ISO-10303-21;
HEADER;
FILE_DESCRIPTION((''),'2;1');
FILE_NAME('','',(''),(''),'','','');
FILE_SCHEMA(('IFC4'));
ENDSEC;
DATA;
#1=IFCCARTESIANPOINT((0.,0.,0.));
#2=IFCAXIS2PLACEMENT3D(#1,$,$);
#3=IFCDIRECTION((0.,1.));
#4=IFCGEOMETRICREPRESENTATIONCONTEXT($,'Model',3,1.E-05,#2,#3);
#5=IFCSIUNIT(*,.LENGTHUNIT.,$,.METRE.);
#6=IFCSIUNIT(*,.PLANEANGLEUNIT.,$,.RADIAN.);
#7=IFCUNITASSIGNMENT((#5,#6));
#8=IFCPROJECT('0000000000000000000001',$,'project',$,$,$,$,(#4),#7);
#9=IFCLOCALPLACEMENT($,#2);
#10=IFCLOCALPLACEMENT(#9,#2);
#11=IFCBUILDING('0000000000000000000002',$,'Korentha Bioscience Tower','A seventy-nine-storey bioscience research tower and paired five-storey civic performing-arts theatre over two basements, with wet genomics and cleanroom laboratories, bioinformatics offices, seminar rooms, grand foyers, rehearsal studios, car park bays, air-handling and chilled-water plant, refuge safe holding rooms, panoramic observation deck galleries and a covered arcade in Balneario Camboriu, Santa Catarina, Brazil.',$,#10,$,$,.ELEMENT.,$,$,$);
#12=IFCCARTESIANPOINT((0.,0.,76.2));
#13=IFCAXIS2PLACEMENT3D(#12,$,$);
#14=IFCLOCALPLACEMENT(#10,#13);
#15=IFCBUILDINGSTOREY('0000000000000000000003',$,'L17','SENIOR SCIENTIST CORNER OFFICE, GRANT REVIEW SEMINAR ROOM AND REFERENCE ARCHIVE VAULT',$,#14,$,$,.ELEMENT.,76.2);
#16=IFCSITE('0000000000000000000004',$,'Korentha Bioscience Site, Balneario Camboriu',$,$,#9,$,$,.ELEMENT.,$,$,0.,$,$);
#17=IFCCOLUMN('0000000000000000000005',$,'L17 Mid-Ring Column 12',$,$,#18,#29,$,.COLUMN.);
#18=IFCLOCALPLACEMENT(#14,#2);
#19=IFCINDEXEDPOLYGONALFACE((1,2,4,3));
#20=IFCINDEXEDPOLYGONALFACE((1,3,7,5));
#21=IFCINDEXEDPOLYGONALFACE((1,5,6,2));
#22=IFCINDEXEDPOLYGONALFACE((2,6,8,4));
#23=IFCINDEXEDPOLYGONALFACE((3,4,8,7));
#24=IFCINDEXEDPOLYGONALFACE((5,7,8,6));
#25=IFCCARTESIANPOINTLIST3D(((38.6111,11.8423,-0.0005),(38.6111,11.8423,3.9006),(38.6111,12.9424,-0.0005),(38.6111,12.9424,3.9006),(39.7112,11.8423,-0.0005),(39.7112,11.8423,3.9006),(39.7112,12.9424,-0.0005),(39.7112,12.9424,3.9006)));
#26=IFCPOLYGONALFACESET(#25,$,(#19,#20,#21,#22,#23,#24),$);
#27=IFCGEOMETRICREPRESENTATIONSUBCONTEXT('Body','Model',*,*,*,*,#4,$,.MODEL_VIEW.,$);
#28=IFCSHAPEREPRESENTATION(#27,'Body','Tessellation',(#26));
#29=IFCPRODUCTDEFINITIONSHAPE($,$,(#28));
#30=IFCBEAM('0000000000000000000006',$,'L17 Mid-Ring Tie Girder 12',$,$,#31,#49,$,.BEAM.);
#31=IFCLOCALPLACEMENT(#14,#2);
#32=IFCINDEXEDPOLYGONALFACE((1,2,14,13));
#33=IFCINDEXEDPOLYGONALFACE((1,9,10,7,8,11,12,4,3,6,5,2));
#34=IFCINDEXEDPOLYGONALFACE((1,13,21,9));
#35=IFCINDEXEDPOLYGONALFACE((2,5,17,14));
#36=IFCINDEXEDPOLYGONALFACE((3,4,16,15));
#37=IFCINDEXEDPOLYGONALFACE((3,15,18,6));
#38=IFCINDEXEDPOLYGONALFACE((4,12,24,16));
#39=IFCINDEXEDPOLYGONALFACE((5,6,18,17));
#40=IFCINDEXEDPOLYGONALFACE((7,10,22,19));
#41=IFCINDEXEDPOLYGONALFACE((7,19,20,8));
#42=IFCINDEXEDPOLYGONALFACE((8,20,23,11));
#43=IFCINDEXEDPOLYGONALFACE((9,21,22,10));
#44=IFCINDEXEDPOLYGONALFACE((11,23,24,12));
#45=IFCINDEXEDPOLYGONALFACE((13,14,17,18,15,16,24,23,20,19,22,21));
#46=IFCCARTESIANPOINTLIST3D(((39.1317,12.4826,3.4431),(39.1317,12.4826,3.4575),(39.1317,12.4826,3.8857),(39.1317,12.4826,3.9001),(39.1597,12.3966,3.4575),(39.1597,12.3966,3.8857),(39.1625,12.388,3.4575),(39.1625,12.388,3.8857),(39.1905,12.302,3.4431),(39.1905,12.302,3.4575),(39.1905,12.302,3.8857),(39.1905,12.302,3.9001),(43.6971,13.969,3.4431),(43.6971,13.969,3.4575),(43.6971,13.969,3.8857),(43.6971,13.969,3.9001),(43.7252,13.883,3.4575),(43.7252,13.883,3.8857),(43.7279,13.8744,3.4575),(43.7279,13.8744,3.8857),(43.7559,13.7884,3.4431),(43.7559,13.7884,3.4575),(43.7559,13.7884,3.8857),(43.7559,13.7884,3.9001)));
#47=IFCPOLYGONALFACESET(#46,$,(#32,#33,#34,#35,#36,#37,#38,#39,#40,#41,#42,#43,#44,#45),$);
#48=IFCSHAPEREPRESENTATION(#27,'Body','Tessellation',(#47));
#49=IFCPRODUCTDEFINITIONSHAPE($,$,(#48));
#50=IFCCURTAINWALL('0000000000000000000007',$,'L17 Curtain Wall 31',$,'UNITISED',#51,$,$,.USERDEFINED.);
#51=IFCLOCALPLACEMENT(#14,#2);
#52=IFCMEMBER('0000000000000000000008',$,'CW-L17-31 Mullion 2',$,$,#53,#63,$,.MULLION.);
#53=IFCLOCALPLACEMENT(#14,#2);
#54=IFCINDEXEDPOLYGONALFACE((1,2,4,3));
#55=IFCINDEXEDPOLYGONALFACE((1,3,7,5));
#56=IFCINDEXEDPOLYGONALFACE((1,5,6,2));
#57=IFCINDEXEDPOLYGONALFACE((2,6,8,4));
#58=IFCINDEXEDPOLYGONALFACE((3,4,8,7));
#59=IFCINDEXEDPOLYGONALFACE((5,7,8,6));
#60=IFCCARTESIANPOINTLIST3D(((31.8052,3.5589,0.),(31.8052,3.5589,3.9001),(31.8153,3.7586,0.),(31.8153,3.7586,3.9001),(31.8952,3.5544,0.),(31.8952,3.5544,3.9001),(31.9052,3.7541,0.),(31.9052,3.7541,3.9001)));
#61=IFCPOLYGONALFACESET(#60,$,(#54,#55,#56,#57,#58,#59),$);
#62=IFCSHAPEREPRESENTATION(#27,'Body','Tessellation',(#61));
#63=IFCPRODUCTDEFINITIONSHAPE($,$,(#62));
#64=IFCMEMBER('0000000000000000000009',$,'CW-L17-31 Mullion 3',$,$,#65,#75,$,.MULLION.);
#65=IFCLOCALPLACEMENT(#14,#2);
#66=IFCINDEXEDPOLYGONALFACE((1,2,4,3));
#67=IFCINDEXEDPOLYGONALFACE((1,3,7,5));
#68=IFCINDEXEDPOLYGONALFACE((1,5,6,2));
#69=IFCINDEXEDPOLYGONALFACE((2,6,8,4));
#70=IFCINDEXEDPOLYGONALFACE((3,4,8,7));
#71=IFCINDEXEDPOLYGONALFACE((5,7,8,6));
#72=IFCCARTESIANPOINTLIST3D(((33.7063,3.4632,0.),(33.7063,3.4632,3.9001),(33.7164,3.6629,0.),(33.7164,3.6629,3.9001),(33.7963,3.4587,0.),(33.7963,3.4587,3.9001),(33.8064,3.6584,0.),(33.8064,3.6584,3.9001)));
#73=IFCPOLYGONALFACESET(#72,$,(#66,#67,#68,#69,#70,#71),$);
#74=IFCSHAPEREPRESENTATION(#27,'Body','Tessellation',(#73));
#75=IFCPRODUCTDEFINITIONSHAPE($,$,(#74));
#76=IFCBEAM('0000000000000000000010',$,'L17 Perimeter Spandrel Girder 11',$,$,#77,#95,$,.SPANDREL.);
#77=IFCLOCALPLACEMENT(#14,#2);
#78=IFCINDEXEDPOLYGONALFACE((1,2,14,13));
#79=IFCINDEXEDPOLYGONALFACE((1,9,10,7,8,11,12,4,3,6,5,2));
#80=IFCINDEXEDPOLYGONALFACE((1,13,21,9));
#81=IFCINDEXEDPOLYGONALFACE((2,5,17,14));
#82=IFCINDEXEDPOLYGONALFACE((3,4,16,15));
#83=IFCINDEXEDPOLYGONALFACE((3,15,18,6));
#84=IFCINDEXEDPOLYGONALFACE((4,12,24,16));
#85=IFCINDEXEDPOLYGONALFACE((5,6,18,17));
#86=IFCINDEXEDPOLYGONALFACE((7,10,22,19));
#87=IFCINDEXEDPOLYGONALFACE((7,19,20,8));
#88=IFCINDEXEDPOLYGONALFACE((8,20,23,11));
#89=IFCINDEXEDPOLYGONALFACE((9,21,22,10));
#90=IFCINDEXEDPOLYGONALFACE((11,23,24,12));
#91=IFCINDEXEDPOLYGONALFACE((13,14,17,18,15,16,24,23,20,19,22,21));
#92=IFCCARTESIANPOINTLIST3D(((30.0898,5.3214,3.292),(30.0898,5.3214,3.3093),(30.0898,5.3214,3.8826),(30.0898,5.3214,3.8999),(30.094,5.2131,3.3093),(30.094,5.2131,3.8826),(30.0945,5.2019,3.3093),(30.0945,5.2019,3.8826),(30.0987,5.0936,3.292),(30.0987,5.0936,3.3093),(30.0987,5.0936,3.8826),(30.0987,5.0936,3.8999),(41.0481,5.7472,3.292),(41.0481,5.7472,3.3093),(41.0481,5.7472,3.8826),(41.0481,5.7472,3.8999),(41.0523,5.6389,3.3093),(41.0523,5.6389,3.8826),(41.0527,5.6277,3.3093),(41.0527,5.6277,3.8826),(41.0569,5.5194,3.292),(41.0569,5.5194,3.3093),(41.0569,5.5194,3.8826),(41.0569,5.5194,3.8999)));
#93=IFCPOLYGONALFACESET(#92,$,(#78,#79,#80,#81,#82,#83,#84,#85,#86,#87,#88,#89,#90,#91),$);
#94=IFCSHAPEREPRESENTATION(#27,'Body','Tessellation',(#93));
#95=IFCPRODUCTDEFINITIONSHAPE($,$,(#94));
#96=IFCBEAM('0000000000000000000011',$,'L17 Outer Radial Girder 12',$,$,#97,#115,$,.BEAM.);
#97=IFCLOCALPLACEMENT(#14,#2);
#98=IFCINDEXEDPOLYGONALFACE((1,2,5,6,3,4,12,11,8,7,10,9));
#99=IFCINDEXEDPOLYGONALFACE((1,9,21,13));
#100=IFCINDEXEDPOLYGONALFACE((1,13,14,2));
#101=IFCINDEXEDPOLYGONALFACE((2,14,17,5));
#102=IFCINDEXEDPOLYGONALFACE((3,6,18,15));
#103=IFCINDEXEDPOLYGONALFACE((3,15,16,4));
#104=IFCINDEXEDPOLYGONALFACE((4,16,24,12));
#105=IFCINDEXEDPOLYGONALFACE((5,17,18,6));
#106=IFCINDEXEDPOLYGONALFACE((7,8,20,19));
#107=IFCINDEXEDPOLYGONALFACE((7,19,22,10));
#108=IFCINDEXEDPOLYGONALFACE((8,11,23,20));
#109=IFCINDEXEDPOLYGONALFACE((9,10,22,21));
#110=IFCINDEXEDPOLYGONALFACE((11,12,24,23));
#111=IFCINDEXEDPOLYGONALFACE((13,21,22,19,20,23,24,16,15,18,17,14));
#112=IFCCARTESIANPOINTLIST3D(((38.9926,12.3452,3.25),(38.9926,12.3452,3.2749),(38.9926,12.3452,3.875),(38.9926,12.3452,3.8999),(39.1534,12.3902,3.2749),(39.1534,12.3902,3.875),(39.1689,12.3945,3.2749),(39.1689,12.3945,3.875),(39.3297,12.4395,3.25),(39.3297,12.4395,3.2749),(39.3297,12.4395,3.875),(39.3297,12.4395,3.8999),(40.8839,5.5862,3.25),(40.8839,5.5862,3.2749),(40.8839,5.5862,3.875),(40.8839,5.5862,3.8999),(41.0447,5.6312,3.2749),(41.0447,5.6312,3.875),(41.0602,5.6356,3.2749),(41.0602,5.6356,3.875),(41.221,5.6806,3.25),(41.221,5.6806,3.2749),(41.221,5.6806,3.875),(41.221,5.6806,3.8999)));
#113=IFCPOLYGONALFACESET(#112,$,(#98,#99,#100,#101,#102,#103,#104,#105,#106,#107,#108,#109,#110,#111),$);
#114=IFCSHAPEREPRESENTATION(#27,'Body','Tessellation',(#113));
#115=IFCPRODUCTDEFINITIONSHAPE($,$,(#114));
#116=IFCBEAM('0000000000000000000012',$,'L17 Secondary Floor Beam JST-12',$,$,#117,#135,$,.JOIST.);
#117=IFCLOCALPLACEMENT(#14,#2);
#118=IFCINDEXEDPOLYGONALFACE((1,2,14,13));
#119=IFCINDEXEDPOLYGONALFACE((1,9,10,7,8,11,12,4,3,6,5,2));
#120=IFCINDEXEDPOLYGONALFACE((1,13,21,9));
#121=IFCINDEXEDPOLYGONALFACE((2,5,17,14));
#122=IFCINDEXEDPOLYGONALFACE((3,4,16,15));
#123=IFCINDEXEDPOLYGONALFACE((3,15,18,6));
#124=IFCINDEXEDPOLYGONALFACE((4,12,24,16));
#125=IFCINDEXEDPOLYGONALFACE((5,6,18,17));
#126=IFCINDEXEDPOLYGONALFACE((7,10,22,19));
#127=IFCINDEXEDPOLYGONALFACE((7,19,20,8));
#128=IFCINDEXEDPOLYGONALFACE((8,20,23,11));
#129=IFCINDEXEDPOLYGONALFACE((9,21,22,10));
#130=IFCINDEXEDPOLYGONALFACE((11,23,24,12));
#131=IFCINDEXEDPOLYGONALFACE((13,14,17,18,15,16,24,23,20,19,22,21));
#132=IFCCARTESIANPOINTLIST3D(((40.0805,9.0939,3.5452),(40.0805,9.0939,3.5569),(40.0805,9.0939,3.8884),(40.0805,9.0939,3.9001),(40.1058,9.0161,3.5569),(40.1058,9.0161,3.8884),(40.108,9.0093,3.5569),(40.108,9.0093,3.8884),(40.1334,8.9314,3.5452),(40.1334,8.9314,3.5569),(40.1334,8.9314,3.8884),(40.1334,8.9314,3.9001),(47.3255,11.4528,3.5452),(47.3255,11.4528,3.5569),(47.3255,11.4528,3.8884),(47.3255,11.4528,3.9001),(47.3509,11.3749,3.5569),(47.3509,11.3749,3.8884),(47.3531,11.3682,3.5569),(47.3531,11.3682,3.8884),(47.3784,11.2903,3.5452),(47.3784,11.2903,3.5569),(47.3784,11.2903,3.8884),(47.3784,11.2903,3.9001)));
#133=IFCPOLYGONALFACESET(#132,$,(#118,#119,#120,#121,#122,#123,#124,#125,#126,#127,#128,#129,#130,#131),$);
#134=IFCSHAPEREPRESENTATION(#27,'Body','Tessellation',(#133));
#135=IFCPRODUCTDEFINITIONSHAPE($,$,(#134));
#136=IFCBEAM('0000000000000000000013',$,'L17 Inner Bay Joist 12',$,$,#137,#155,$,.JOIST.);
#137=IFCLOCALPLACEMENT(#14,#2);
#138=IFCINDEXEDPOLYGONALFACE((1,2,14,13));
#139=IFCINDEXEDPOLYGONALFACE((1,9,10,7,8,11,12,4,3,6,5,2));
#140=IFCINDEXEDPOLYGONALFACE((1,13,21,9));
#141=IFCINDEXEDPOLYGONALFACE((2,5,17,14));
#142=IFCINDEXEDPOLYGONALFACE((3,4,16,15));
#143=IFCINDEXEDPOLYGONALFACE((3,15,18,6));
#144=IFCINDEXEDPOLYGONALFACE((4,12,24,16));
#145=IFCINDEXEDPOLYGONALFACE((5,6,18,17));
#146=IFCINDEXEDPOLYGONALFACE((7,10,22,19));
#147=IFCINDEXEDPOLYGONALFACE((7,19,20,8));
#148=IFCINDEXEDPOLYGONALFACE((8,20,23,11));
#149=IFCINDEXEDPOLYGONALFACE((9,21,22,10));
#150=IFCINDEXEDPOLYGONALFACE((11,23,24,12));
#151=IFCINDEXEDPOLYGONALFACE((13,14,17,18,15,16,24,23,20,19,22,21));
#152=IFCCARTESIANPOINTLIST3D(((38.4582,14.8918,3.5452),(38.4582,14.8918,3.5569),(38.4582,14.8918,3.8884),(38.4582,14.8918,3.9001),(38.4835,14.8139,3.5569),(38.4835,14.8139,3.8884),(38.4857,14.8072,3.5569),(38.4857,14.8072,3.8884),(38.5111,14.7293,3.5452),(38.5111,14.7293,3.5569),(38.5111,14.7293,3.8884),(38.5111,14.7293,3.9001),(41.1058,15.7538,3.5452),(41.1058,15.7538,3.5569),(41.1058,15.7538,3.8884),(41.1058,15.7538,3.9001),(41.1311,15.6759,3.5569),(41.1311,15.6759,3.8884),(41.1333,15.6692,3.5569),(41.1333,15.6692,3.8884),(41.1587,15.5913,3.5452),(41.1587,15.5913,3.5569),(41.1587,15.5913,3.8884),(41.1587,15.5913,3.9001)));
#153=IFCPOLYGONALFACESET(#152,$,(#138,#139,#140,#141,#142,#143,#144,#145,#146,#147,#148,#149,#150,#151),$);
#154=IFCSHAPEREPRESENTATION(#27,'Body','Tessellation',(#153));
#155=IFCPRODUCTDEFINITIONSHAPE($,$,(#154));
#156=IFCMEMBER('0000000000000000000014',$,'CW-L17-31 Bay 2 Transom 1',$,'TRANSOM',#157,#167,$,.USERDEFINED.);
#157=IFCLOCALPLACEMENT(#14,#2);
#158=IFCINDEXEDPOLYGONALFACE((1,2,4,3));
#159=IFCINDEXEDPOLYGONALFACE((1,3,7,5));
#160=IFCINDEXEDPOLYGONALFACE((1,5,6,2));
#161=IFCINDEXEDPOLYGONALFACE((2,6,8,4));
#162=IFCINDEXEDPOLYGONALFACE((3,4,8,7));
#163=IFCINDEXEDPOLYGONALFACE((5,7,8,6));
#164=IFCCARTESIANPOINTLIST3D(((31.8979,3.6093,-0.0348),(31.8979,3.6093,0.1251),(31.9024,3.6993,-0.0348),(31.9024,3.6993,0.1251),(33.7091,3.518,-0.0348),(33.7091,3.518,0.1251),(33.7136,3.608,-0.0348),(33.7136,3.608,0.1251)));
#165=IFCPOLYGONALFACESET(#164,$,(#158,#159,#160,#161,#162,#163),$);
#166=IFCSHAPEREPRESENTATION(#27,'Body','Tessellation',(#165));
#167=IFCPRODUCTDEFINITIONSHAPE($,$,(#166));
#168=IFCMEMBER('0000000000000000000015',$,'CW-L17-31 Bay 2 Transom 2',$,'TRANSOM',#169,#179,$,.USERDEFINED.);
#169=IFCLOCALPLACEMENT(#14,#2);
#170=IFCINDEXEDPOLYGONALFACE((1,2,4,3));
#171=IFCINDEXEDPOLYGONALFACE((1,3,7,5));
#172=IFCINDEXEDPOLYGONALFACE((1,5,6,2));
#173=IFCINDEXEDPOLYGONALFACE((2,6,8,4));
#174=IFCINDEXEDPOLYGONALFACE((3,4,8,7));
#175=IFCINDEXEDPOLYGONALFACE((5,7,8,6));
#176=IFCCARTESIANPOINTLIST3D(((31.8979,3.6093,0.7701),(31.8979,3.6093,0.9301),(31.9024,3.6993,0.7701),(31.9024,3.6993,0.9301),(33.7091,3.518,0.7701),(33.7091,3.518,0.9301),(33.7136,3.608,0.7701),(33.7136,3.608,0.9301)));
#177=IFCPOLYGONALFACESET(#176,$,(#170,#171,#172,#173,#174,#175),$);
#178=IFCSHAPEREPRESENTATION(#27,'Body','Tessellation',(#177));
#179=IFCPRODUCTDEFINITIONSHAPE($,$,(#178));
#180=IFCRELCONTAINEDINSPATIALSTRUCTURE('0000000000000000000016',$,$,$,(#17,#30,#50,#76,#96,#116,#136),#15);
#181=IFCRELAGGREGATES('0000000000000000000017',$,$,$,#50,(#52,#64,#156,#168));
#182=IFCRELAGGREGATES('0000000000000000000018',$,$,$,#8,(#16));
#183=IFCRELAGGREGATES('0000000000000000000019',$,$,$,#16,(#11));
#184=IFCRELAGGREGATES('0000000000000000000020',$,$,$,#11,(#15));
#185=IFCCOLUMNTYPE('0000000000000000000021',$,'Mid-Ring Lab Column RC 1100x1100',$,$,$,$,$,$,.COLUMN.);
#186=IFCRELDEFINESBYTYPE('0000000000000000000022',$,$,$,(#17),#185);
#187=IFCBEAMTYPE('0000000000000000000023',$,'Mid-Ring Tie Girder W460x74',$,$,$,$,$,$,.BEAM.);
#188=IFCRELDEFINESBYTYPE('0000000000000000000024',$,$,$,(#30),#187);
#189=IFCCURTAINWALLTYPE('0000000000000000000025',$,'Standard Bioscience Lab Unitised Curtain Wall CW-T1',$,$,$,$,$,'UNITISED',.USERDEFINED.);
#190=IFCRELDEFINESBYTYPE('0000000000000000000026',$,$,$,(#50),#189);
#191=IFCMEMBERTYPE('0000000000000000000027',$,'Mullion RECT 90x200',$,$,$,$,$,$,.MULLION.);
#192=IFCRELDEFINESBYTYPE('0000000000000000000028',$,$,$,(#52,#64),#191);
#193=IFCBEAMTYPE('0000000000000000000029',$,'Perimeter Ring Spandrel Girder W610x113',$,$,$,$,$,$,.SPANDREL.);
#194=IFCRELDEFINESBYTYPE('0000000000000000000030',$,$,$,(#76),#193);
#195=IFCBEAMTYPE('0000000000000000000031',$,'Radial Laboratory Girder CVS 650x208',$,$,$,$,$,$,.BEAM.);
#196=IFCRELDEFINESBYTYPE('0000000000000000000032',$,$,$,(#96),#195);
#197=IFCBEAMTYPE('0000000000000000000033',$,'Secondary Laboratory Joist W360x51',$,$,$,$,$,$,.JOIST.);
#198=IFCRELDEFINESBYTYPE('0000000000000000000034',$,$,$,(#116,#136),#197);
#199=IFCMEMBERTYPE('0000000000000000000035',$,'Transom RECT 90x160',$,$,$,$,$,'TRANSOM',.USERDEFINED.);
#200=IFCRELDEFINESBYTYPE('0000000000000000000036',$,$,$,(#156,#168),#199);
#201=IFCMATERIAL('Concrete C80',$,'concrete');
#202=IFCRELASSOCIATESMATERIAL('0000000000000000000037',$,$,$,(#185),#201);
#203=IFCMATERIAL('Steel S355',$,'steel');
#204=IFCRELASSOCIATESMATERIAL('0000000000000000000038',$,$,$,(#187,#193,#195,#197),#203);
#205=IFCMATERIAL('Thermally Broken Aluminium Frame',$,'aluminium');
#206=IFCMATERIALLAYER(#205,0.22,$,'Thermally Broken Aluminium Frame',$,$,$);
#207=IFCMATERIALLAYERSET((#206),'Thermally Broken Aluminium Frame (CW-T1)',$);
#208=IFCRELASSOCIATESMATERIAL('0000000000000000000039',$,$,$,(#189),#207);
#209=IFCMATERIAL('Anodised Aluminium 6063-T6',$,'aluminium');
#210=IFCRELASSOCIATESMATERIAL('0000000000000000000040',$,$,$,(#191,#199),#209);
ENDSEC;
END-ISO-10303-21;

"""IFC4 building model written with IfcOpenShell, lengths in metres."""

from ifc_helpers import new_model, si_unit, direction, frame, origin, origin_2d, place, context, subcontext, project, spatial, rectangle, i_section, extrude, material, layer, layer_set, material_profile, profile_set, type_object, element, aggregate, save


model = new_model("IFC4")

# Units and contexts
model_context = context("Model", 3, precision=1e-05, world=origin(), true_north=direction((0.0, 1.0)))
body_context = subcontext(model_context, "Body", "Model", "MODEL_VIEW")
ifc_project = project(units=[si_unit("LENGTHUNIT", "METRE"), si_unit("PLANEANGLEUNIT", "RADIAN")], contexts=[model_context])

# Site, building, storey
site_placement = place(None, origin())
site = spatial("IfcSite", under=ifc_project, at=site_placement, Name="Korentha Bioscience Site, Balneario Camboriu", CompositionType="ELEMENT", RefElevation=0.0)
building_placement = place(site_placement, origin())
building = spatial("IfcBuilding", under=site, at=building_placement, Name="Korentha Bioscience Tower", Description="A seventy-nine-storey bioscience research tower and paired five-storey civic performing-arts theatre over two basements, with wet genomics and cleanroom laboratories, bioinformatics offices, seminar rooms, grand foyers, rehearsal studios, car park bays, air-handling and chilled-water plant, refuge safe holding rooms, panoramic observation deck galleries and a covered arcade in Balneario Camboriu, Santa Catarina, Brazil.", CompositionType="ELEMENT")
storey_placement = place(building_placement, frame((0.0, 0.0, 76.2)))
storey = spatial("IfcBuildingStorey", under=building, at=storey_placement, Name="L17", Description="SENIOR SCIENTIST CORNER OFFICE, GRANT REVIEW SEMINAR ROOM AND REFERENCE ARCHIVE VAULT", CompositionType="ELEMENT", Elevation=76.2)

# Column
ifc_material_1 = material(Name="Concrete C80", Category="concrete")
ifc_material_profile_1 = material_profile(ifc_material_1, rectangle(XDim=1.1001, YDim=1.1001, at=origin_2d()), Name="Concrete C80")
ifc_profile_set_1 = profile_set([ifc_material_profile_1], Name="Concrete C80 (COL-MR11)")
column_type = type_object("IfcColumnType", Name="Mid-Ring Lab Column RC 1100x1100", PredefinedType="COLUMN", material=ifc_profile_set_1)
column_placement = place(storey_placement, frame((39.1611, 12.3923, -0.0005), z_axis=(0.0, 0.0, 1.0), x_axis=(1.0, 0.0, 0.0)))
element("IfcColumn", 1, at=column_placement, inside=storey, type_object=column_type, Name="L17 Mid-Ring Column 12", PredefinedType="COLUMN", context=body_context, shape_type="SweptSolid", body=[
    extrude(rectangle(XDim=1.1001, YDim=1.1001, at=origin_2d()), origin(), (0.0, 0.0, 1.0), 3.9011),
])

# Beam
ifc_material_2 = material(Name="Steel S355", Category="steel")
ifc_material_profile_2 = material_profile(ifc_material_2, i_section(OverallWidth=0.1899, OverallDepth=0.457, WebThickness=0.009, FlangeThickness=0.0144, at=origin_2d()), Name="Steel S355")
ifc_profile_set_2 = profile_set([ifc_material_profile_2], Name="Steel S355 (MB-460)")
beam_type_1 = type_object("IfcBeamType", Name="Mid-Ring Tie Girder W460x74", PredefinedType="BEAM", material=ifc_profile_set_2)
beam_1_placement = place(storey_placement, frame((39.1611, 12.3923, 3.6716), z_axis=(0.950877, 0.309569, 0.0), x_axis=(-0.309569, 0.950877, 0.0)))
element("IfcBeam", 2, at=beam_1_placement, inside=storey, type_object=beam_type_1, Name="L17 Mid-Ring Tie Girder 12", PredefinedType="BEAM", context=body_context, shape_type="SweptSolid", body=[
    extrude(i_section(OverallWidth=0.1899, OverallDepth=0.457, WebThickness=0.009, FlangeThickness=0.0144, at=origin_2d()), origin(), (0.0, 0.0, 1.0), 4.8013),
])

# Curtain wall, members
ifc_material_3 = material(Name="Thermally Broken Aluminium Frame", Category="aluminium")
ifc_layer_1 = layer(ifc_material_3, 0.22, Name="Thermally Broken Aluminium Frame")
ifc_layer_set_1 = layer_set([ifc_layer_1], Name="Thermally Broken Aluminium Frame (CW-T1)")
curtain_wall_type = type_object("IfcCurtainWallType", Name="Standard Bioscience Lab Unitised Curtain Wall CW-T1", ElementType="UNITISED", PredefinedType="USERDEFINED", material=ifc_layer_set_1)
curtain_wall_placement = place(storey_placement, origin())
curtain_wall = element("IfcCurtainWall", 3, at=curtain_wall_placement, inside=storey, type_object=curtain_wall_type, Name="L17 Curtain Wall 31", ObjectType="UNITISED", PredefinedType="USERDEFINED")
ifc_material_4 = material(Name="Anodised Aluminium 6063-T6", Category="aluminium")
ifc_material_profile_3 = material_profile(ifc_material_4, rectangle(XDim=0.0901, YDim=0.2, at=origin_2d()), Name="Anodised Aluminium 6063-T6")
ifc_profile_set_3 = profile_set([ifc_material_profile_3], Name="Anodised Aluminium 6063-T6 (CW-MUL)")
member_type_1 = type_object("IfcMemberType", Name="Mullion RECT 90x200", PredefinedType="MULLION", material=ifc_profile_set_3)
member_1_placement = place(storey_placement, frame((31.8552, 3.6565, 0.0), z_axis=(0.0, 0.0, 1.0), x_axis=(0.998731, -0.050371, 0.0)))
member_1 = element("IfcMember", 4, at=member_1_placement, type_object=member_type_1, Name="CW-L17-31 Mullion 2", PredefinedType="MULLION", context=body_context, shape_type="SweptSolid", body=[
    extrude(rectangle(XDim=0.0901, YDim=0.2, at=origin_2d()), origin(), (0.0, 0.0, 1.0), 3.9001),
])
member_2_placement = place(storey_placement, frame((33.7563, 3.5608, 0.0), z_axis=(0.0, 0.0, 1.0), x_axis=(0.998731, -0.050371, 0.0)))
member_2 = element("IfcMember", 5, at=member_2_placement, type_object=member_type_1, Name="CW-L17-31 Mullion 3", PredefinedType="MULLION", context=body_context, shape_type="SweptSolid", body=[
    extrude(rectangle(XDim=0.0901, YDim=0.2, at=origin_2d()), origin(), (0.0, 0.0, 1.0), 3.9001),
])

# Beams
ifc_material_profile_4 = material_profile(ifc_material_2, i_section(OverallWidth=0.228, OverallDepth=0.6079, WebThickness=0.0112, FlangeThickness=0.0173, at=origin_2d()), Name="Steel S355")
ifc_profile_set_4 = profile_set([ifc_material_profile_4], Name="Steel S355 (SB-610)")
beam_type_2 = type_object("IfcBeamType", Name="Perimeter Ring Spandrel Girder W610x113", PredefinedType="SPANDREL", material=ifc_profile_set_4)
beam_2_placement = place(storey_placement, frame((30.0942, 5.2075, 3.5959), z_axis=(0.999246, 0.038826, 0.0), x_axis=(-0.038826, 0.999246, 0.0)))
element("IfcBeam", 6, at=beam_2_placement, inside=storey, type_object=beam_type_2, Name="L17 Perimeter Spandrel Girder 11", PredefinedType="SPANDREL", context=body_context, shape_type="SweptSolid", body=[
    extrude(i_section(OverallWidth=0.228, OverallDepth=0.6079, WebThickness=0.0112, FlangeThickness=0.0173, at=origin_2d()), origin(), (0.0, 0.0, 1.0), 10.9666),
])
ifc_material_profile_5 = material_profile(ifc_material_2, i_section(OverallWidth=0.3501, OverallDepth=0.6499, WebThickness=0.0161, FlangeThickness=0.0249, at=origin_2d()), Name="Steel S355")
ifc_profile_set_5 = profile_set([ifc_material_profile_5], Name="Steel S355 (RB-650)")
beam_type_3 = type_object("IfcBeamType", Name="Radial Laboratory Girder CVS 650x208", PredefinedType="BEAM", material=ifc_profile_set_5)
beam_3_placement = place(storey_placement, frame((39.1611, 12.3923, 3.575), z_axis=(0.269475, -0.963007, 0.0), x_axis=(0.963007, 0.269475, 0.0)))
element("IfcBeam", 7, at=beam_3_placement, inside=storey, type_object=beam_type_3, Name="L17 Outer Radial Girder 12", PredefinedType="BEAM", context=body_context, shape_type="SweptSolid", body=[
    extrude(i_section(OverallWidth=0.3501, OverallDepth=0.6499, WebThickness=0.0161, FlangeThickness=0.0249, at=origin_2d()), origin(), (0.0, 0.0, 1.0), 7.0186),
])
ifc_material_profile_6 = material_profile(ifc_material_2, i_section(OverallWidth=0.1709, OverallDepth=0.355, WebThickness=0.0071, FlangeThickness=0.0117, at=origin_2d()), Name="Steel S355")
ifc_profile_set_6 = profile_set([ifc_material_profile_6], Name="Steel S355 (JB-360)")
beam_type_4 = type_object("IfcBeamType", Name="Secondary Laboratory Joist W360x51", PredefinedType="JOIST", material=ifc_profile_set_6)
beam_4_placement = place(storey_placement, frame((40.1069, 9.0127, 3.7227), z_axis=(0.950871, 0.309587, 0.0), x_axis=(-0.309587, 0.950871, 0.0)))
element("IfcBeam", 8, at=beam_4_placement, inside=storey, type_object=beam_type_4, Name="L17 Secondary Floor Beam JST-12", PredefinedType="JOIST", context=body_context, shape_type="SweptSolid", body=[
    extrude(i_section(OverallWidth=0.1709, OverallDepth=0.355, WebThickness=0.0071, FlangeThickness=0.0117, at=origin_2d()), origin(), (0.0, 0.0, 1.0), 7.6194),
])
beam_5_placement = place(storey_placement, frame((38.4846, 14.8105, 3.7227), z_axis=(0.95087, 0.309592, 0.0), x_axis=(-0.309592, 0.95087, 0.0)))
element("IfcBeam", 9, at=beam_5_placement, inside=storey, type_object=beam_type_4, Name="L17 Inner Bay Joist 12", PredefinedType="JOIST", context=body_context, shape_type="SweptSolid", body=[
    extrude(i_section(OverallWidth=0.1709, OverallDepth=0.355, WebThickness=0.0071, FlangeThickness=0.0117, at=origin_2d()), origin(), (0.0, 0.0, 1.0), 2.7844),
])

# Members
ifc_material_profile_7 = material_profile(ifc_material_4, rectangle(XDim=0.0901, YDim=0.1599, at=origin_2d()), Name="Anodised Aluminium 6063-T6")
ifc_profile_set_7 = profile_set([ifc_material_profile_7], Name="Anodised Aluminium 6063-T6 (CW-TRN)")
member_type_2 = type_object("IfcMemberType", Name="Transom RECT 90x160", ElementType="TRANSOM", PredefinedType="USERDEFINED", material=ifc_profile_set_7)
member_3_placement = place(storey_placement, frame((31.9001, 3.6543, 0.0452), z_axis=(0.998732, -0.050347, 0.0), x_axis=(0.050347, 0.998732, 0.0)))
member_3 = element("IfcMember", 10, at=member_3_placement, type_object=member_type_2, Name="CW-L17-31 Bay 2 Transom 1", ObjectType="TRANSOM", PredefinedType="USERDEFINED", context=body_context, shape_type="SweptSolid", body=[
    extrude(rectangle(XDim=0.0901, YDim=0.1599, at=origin_2d()), origin(), (0.0, 0.0, 1.0), 1.8135),
])
member_4_placement = place(storey_placement, frame((31.9001, 3.6543, 0.8501), z_axis=(0.998732, -0.050347, 0.0), x_axis=(0.050347, 0.998732, 0.0)))
member_4 = element("IfcMember", 11, at=member_4_placement, type_object=member_type_2, Name="CW-L17-31 Bay 2 Transom 2", ObjectType="TRANSOM", PredefinedType="USERDEFINED", context=body_context, shape_type="SweptSolid", body=[
    extrude(rectangle(XDim=0.0901, YDim=0.1599, at=origin_2d()), origin(), (0.0, 0.0, 1.0), 1.8135),
])

aggregate(curtain_wall, [member_1, member_2, member_3, member_4])

save(model, "model.ifc")
